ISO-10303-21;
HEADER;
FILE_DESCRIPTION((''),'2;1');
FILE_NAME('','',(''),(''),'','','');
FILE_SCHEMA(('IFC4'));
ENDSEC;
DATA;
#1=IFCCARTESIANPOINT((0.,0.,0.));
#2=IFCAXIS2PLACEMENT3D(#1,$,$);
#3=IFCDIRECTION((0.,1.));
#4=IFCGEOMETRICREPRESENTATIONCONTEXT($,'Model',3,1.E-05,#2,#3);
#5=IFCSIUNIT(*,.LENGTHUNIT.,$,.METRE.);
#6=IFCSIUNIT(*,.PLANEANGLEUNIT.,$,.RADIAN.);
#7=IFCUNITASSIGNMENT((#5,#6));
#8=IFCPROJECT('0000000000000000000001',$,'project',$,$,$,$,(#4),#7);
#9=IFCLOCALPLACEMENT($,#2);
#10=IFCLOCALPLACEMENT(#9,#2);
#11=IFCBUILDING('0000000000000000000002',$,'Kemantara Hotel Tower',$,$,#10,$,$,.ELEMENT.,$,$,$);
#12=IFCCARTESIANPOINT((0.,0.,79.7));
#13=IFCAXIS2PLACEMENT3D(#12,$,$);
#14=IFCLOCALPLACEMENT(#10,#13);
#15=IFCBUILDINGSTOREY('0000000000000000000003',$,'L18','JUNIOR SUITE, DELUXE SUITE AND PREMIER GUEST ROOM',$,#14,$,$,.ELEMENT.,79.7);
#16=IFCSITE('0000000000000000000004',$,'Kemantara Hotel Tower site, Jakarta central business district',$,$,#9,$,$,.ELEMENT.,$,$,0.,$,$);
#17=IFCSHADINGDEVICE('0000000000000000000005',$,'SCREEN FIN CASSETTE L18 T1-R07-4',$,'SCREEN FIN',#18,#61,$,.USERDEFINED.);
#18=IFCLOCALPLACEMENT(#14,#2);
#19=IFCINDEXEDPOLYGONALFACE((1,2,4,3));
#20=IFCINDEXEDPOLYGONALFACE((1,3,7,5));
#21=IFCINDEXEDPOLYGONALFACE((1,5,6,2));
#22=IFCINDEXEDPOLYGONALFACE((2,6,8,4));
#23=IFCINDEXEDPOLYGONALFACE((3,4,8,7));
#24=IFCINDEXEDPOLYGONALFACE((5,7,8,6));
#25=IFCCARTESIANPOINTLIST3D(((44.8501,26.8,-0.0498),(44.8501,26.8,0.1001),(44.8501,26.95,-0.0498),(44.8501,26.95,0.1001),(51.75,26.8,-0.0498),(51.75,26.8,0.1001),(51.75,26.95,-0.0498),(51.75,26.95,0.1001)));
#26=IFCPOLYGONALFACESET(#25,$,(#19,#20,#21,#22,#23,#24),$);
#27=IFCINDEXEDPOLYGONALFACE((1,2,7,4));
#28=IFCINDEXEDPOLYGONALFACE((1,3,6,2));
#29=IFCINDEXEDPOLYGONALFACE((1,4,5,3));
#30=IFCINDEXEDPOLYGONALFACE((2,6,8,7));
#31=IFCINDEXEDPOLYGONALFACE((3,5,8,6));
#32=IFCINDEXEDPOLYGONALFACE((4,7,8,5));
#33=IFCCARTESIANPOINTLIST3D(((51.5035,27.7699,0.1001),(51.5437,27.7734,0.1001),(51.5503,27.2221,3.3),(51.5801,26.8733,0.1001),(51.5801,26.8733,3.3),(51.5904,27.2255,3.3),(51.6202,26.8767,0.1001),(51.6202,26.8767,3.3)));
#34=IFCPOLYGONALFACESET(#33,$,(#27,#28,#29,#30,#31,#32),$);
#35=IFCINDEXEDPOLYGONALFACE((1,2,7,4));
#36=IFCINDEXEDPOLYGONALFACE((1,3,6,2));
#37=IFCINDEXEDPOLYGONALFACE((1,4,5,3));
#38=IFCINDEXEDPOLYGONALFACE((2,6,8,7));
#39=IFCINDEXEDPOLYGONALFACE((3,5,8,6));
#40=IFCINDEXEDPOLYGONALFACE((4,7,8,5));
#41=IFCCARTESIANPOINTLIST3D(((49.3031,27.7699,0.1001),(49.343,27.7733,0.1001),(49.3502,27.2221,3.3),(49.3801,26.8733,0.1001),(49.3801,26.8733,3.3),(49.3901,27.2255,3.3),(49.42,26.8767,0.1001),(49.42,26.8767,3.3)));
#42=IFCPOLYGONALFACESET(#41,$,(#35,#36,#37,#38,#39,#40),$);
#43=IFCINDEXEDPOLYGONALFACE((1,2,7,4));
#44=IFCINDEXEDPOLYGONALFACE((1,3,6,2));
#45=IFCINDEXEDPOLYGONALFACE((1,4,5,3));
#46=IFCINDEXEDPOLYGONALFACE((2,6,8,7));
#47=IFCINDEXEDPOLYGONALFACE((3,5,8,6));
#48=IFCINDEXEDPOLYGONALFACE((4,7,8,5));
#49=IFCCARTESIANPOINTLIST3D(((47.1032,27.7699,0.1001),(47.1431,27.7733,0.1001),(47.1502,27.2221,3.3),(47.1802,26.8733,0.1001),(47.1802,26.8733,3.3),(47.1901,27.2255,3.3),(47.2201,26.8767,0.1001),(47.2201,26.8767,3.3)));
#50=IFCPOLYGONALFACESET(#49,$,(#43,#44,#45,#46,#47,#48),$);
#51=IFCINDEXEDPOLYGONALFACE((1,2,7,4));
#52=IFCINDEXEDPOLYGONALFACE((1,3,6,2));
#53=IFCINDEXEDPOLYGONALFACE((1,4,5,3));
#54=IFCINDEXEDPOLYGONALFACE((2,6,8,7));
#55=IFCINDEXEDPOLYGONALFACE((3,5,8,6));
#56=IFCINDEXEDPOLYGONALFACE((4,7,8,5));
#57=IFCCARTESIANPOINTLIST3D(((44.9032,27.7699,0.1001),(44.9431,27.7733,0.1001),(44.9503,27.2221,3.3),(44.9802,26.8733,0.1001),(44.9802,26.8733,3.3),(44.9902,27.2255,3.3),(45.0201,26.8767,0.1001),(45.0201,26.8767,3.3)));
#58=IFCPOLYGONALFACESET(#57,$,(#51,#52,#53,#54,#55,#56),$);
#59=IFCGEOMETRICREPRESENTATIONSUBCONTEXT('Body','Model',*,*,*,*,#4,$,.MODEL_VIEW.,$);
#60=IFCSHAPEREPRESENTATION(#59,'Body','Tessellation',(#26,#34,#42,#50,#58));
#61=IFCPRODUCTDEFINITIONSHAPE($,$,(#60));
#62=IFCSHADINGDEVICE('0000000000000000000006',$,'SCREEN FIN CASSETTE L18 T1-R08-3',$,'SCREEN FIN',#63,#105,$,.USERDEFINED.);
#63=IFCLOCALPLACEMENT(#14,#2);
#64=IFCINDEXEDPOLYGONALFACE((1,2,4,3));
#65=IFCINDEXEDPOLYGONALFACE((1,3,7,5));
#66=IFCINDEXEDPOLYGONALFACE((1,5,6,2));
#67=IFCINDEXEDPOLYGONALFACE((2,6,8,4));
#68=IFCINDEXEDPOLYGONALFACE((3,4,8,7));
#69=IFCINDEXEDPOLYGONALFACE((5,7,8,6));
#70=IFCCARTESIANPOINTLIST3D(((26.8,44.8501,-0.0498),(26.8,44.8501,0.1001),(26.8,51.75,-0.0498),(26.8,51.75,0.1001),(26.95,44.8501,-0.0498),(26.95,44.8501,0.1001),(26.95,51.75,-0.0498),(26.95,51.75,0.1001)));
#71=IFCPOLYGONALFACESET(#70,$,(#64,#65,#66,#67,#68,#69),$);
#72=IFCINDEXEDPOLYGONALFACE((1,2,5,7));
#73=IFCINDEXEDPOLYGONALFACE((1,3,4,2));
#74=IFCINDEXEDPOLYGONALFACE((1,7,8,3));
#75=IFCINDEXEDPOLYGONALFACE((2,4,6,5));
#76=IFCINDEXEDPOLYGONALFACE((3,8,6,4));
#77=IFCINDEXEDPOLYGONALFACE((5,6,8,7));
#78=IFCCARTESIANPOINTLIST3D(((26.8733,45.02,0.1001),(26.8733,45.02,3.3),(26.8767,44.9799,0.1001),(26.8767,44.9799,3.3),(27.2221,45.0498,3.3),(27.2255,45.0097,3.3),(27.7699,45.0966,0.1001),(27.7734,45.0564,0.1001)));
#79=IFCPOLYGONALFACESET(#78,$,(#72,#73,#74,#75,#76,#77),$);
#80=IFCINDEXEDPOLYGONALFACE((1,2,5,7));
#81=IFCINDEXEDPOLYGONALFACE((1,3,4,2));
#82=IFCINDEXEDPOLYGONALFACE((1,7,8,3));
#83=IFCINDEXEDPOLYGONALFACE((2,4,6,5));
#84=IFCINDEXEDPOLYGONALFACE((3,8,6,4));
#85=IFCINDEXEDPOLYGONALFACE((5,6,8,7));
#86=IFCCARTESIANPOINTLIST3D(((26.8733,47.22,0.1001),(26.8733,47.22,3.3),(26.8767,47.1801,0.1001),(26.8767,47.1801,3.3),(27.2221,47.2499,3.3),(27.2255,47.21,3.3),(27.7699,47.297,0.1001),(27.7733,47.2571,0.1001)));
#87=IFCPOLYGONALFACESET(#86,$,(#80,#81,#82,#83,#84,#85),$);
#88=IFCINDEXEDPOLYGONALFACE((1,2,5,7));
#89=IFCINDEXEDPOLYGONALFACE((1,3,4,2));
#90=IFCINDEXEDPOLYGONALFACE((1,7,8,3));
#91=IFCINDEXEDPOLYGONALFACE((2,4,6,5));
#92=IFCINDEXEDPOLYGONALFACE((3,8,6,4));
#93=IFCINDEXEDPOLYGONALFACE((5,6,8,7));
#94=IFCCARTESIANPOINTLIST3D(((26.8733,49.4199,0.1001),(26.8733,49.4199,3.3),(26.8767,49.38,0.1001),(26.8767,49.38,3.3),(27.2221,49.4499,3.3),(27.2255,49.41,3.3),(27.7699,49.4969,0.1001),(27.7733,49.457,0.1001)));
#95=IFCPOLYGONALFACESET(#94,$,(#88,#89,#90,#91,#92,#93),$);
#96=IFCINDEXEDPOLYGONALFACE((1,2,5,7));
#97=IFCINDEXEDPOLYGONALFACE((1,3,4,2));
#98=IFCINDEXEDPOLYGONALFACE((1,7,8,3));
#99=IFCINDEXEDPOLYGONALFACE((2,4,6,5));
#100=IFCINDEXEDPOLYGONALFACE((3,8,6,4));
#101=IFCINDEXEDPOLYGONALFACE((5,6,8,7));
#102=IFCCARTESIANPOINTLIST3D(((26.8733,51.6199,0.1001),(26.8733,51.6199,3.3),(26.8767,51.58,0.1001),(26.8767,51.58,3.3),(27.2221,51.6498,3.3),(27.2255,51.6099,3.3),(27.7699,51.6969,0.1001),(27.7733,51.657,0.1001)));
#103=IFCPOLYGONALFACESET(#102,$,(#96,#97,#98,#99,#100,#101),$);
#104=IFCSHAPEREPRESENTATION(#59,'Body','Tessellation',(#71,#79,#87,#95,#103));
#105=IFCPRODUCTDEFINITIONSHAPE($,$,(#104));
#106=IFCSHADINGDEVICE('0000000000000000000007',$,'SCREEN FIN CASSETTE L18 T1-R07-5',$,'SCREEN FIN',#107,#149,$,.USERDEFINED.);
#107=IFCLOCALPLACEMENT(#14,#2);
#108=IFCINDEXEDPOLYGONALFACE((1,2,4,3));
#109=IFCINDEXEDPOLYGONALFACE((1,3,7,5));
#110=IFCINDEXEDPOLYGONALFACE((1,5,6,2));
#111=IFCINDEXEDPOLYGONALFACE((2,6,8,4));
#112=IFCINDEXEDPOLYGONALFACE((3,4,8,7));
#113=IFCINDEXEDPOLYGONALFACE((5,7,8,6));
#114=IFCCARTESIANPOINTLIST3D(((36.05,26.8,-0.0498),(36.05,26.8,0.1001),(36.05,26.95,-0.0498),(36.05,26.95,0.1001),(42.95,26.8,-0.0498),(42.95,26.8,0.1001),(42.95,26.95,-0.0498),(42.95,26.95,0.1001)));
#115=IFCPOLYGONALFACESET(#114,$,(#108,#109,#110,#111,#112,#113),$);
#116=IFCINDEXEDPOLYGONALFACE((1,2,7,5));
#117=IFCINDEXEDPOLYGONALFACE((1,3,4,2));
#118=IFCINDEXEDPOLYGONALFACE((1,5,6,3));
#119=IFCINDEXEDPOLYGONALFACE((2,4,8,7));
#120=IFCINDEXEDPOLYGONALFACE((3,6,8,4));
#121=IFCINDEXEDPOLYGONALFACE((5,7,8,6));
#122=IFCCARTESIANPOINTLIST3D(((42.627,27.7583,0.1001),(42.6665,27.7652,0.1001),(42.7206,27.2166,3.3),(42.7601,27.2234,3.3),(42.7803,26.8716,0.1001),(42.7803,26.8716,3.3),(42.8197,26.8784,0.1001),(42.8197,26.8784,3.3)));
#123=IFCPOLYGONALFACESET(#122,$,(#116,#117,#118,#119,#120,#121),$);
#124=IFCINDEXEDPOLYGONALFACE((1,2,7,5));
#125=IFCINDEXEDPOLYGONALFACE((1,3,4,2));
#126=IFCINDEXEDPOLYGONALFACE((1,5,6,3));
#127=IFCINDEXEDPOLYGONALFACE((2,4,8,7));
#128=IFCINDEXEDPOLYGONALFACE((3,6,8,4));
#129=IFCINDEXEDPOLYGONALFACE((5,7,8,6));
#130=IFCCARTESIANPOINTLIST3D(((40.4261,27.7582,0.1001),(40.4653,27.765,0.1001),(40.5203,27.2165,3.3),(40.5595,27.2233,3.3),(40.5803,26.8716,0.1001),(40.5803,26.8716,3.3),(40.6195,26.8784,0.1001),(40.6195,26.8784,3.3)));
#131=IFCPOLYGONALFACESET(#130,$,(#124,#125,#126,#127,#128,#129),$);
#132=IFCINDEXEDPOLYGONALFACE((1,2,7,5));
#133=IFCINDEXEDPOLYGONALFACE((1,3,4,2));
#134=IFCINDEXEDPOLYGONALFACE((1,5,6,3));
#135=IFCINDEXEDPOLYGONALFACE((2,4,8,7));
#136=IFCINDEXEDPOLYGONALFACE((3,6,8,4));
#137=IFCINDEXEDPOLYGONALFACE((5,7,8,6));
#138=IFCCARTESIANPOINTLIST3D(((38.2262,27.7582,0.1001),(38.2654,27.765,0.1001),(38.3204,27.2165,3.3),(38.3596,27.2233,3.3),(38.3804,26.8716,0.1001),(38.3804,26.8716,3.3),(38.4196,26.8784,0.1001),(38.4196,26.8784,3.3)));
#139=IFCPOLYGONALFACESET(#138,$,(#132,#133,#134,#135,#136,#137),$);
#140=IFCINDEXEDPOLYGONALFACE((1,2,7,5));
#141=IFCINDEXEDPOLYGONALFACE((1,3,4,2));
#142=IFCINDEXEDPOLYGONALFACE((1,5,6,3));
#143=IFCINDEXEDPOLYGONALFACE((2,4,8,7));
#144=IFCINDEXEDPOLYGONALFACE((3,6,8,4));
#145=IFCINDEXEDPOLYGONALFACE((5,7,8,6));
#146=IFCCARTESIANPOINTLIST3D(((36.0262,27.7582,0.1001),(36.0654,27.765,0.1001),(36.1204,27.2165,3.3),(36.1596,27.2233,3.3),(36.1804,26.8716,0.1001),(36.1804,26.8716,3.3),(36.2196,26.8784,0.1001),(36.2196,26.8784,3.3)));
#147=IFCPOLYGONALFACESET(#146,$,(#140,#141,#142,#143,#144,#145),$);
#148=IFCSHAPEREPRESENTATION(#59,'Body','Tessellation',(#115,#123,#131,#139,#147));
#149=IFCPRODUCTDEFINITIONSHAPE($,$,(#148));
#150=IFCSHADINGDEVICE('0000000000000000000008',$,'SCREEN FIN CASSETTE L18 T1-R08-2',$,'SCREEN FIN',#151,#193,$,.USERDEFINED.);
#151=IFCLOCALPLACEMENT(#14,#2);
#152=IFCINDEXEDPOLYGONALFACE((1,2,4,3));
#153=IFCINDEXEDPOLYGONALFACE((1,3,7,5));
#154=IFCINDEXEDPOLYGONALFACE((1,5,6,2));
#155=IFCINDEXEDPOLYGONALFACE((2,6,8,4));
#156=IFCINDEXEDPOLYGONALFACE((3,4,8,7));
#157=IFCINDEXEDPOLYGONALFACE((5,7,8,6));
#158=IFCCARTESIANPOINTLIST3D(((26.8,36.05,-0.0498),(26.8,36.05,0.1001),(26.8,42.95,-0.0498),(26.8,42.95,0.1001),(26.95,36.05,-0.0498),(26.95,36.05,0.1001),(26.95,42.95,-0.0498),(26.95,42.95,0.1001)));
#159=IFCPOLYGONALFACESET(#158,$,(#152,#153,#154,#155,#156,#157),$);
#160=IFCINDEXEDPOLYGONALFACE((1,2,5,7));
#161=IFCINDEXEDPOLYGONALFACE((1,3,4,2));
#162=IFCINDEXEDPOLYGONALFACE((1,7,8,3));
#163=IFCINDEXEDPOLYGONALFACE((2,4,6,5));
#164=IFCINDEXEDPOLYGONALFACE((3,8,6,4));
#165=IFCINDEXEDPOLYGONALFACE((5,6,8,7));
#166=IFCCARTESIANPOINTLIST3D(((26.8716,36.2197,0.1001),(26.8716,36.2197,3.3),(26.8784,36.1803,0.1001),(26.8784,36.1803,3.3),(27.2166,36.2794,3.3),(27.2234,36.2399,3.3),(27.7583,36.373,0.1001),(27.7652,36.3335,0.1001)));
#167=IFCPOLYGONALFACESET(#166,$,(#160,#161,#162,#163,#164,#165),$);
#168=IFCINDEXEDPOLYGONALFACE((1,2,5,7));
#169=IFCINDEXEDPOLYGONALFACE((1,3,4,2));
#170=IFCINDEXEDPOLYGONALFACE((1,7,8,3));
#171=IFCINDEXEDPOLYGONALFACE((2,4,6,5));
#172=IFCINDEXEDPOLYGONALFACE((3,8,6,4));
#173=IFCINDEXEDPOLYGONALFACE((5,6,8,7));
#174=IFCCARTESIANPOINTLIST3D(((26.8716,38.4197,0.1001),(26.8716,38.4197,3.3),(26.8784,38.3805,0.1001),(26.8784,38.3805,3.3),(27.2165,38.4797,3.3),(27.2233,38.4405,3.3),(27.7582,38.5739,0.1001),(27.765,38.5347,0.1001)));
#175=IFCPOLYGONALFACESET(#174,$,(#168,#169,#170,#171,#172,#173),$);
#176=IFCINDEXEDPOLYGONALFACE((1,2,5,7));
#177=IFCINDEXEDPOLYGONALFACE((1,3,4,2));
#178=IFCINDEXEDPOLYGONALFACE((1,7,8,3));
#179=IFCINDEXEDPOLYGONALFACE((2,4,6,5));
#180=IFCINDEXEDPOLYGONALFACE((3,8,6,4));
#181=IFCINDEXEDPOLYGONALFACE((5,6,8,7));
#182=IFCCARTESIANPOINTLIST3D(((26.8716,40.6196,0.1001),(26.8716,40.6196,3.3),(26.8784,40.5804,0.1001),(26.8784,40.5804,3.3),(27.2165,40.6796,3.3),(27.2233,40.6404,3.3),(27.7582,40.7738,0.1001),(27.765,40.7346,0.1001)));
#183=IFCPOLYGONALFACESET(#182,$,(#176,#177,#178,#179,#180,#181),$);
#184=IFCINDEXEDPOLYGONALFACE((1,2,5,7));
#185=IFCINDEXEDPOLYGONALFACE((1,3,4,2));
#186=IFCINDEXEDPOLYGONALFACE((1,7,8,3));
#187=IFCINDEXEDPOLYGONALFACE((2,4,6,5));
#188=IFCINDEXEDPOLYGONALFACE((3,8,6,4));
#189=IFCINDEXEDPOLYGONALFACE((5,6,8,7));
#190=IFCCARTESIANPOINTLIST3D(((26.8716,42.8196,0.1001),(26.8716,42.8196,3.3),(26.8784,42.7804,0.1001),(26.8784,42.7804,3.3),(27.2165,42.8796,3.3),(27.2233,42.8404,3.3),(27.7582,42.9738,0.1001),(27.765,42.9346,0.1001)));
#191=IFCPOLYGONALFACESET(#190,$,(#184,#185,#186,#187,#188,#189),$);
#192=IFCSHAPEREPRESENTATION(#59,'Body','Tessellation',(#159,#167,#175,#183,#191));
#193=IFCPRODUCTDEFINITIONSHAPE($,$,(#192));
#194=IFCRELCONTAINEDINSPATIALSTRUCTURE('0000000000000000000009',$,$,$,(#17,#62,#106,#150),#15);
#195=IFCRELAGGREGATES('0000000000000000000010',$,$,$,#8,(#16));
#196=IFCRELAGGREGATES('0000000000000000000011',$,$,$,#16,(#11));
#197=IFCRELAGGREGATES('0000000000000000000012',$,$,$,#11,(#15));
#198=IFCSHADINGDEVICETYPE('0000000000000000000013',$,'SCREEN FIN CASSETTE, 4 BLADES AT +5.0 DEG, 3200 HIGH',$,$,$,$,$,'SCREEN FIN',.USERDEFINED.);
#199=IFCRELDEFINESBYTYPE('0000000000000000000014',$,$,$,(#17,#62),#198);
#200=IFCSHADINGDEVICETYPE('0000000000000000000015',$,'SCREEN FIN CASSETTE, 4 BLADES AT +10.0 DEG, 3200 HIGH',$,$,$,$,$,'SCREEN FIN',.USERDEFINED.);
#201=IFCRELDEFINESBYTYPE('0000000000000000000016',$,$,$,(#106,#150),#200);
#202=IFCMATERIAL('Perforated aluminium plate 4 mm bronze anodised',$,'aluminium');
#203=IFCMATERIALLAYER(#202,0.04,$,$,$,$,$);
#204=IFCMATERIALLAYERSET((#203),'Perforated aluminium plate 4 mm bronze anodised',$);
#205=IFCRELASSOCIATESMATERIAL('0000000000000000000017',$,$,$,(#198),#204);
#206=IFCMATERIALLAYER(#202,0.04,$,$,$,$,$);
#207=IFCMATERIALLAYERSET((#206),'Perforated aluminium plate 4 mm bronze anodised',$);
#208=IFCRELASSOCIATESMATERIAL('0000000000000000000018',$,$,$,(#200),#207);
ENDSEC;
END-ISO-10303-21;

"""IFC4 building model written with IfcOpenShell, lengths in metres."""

from ifc_helpers import new_model, si_unit, direction, frame, origin, origin_2d, place, context, subcontext, project, spatial, polyline, rectangle, outline, extrude, source, transform, mapped, material, layer, layer_set, type_object, element, save


model = new_model("IFC4")

# Units and contexts
model_context = context("Model", 3, precision=1e-05, world=origin(), true_north=direction((0.0, 1.0)))
body_context = subcontext(model_context, "Body", "Model", "MODEL_VIEW")
ifc_project = project(units=[si_unit("LENGTHUNIT", "METRE"), si_unit("PLANEANGLEUNIT", "RADIAN")], contexts=[model_context])

# Site, building, storey
site_placement = place(None, origin())
site = spatial("IfcSite", under=ifc_project, at=site_placement, Name="Kemantara Hotel Tower site, Jakarta central business district", CompositionType="ELEMENT", RefElevation=0.0)
building_placement = place(site_placement, origin())
building = spatial("IfcBuilding", under=site, at=building_placement, Name="Kemantara Hotel Tower", CompositionType="ELEMENT")
storey_placement = place(building_placement, frame((0.0, 0.0, 79.7)))
storey = spatial("IfcBuildingStorey", under=building, at=storey_placement, Name="L18", Description="JUNIOR SUITE, DELUXE SUITE AND PREMIER GUEST ROOM", CompositionType="ELEMENT", Elevation=79.7)

# Shading devices
ifc_material_1 = material(Name="Perforated aluminium plate 4 mm bronze anodised", Category="aluminium")
ifc_layer_1 = layer(ifc_material_1, 0.04)
ifc_layer_set_1 = layer_set([ifc_layer_1], Name="Perforated aluminium plate 4 mm bronze anodised")
shading_device_type_1 = type_object("IfcShadingDeviceType", Name="SCREEN FIN CASSETTE, 4 BLADES AT +5.0 DEG, 3200 HIGH", ElementType="SCREEN FIN", PredefinedType="USERDEFINED", material=ifc_layer_set_1)
shared_shape_1 = source(origin(), body_context, "Body", "SweptSolid", [
    extrude(rectangle(XDim=6.8999, YDim=0.1499, at=origin_2d()), frame((3.3, -0.075, -0.1499), z_axis=(0.0, 0.0, 1.0), x_axis=(1.0, 0.0, 0.0)), (0.0, 0.0, 1.0), 0.1499),
    extrude(outline(polyline([(0.0, 0.0), (0.8999, 0.0), (0.3501, 3.2), (0.0, 3.2), (0.0, 0.0)])), frame((0.02, -0.0732, 0.0), z_axis=(-0.996376, -0.085056, 0.0), x_axis=(0.085056, -0.996376, 0.0)), (0.0, 0.0, 1.0), 0.0403),
    extrude(outline(polyline([(0.0, 0.0), (0.8999, 0.0), (0.3501, 3.2), (0.0, 3.2), (0.0, 0.0)])), frame((2.22, -0.0732, 0.0), z_axis=(-0.996332, -0.085575, 0.0), x_axis=(0.085575, -0.996332, 0.0)), (0.0, 0.0, 1.0), 0.04),
    extrude(outline(polyline([(0.0, 0.0), (0.8999, 0.0), (0.3501, 3.2), (0.0, 3.2), (0.0, 0.0)])), frame((4.4199, -0.0732, 0.0), z_axis=(-0.996332, -0.085575, 0.0), x_axis=(0.085575, -0.996332, 0.0)), (0.0, 0.0, 1.0), 0.04),
    extrude(outline(polyline([(0.0, 0.0), (0.8999, 0.0), (0.3501, 3.2), (0.0, 3.2), (0.0, 0.0)])), frame((6.6199, -0.0732, 0.0), z_axis=(-0.996332, -0.085575, 0.0), x_axis=(0.085575, -0.996332, 0.0)), (0.0, 0.0, 1.0), 0.04),
])
for number, where, z_axis, x_axis, name in (
    (1, (51.6001, 26.8, 0.1001), (0.0, 0.0, 1.0), (-1.0, 0.0, 0.0), "SCREEN FIN CASSETTE L18 T1-R07-4"),
    (2, (26.8, 45.0, 0.1001), (0.0, 0.0, 1.0), (0.0, 1.0, 0.0), "SCREEN FIN CASSETTE L18 T1-R08-3"),
):
    element("IfcShadingDevice", number, at=place(storey_placement, frame(where, z_axis=z_axis, x_axis=x_axis)), inside=storey, type_object=shading_device_type_1, Name=name, ObjectType="SCREEN FIN", PredefinedType="USERDEFINED", context=body_context, shape_type="MappedRepresentation", body=[
        mapped(shared_shape_1, transform((0.0, 0.0, 0.0))),
    ])
ifc_layer_2 = layer(ifc_material_1, 0.04)
ifc_layer_set_2 = layer_set([ifc_layer_2], Name="Perforated aluminium plate 4 mm bronze anodised")
shading_device_type_2 = type_object("IfcShadingDeviceType", Name="SCREEN FIN CASSETTE, 4 BLADES AT +10.0 DEG, 3200 HIGH", ElementType="SCREEN FIN", PredefinedType="USERDEFINED", material=ifc_layer_set_2)
shared_shape_2 = source(origin(), body_context, "Body", "SweptSolid", [
    extrude(rectangle(XDim=6.8999, YDim=0.1499, at=origin_2d()), frame((3.3, -0.075, -0.1499), z_axis=(0.0, 0.0, 1.0), x_axis=(1.0, 0.0, 0.0)), (0.0, 0.0, 1.0), 0.1499),
    extrude(outline(polyline([(0.0, 0.0), (0.8999, 0.0), (0.3501, 3.2), (0.0, 3.2), (0.0, 0.0)])), frame((0.0198, -0.0715, 0.0), z_axis=(-0.98539, -0.170314, 0.0), x_axis=(0.170314, -0.98539, 0.0)), (0.0, 0.0, 1.0), 0.04),
    extrude(outline(polyline([(0.0, 0.0), (0.8999, 0.0), (0.3501, 3.2), (0.0, 3.2), (0.0, 0.0)])), frame((2.2197, -0.0715, 0.0), z_axis=(-0.985212, -0.171341, 0.0), x_axis=(0.171341, -0.985212, 0.0)), (0.0, 0.0, 1.0), 0.0398),
    extrude(outline(polyline([(0.0, 0.0), (0.8999, 0.0), (0.3501, 3.2), (0.0, 3.2), (0.0, 0.0)])), frame((4.4197, -0.0715, 0.0), z_axis=(-0.985212, -0.171341, 0.0), x_axis=(0.171341, -0.985212, 0.0)), (0.0, 0.0, 1.0), 0.0398),
    extrude(outline(polyline([(0.0, 0.0), (0.8999, 0.0), (0.3501, 3.2), (0.0, 3.2), (0.0, 0.0)])), frame((6.6196, -0.0715, 0.0), z_axis=(-0.985212, -0.171341, 0.0), x_axis=(0.171341, -0.985212, 0.0)), (0.0, 0.0, 1.0), 0.0398),
])
for number, where, z_axis, x_axis, name in (
    (3, (42.8, 26.8, 0.1001), (0.0, 0.0, 1.0), (-1.0, 0.0, 0.0), "SCREEN FIN CASSETTE L18 T1-R07-5"),
    (4, (26.8, 36.2, 0.1001), (0.0, 0.0, 1.0), (0.0, 1.0, 0.0), "SCREEN FIN CASSETTE L18 T1-R08-2"),
):
    element("IfcShadingDevice", number, at=place(storey_placement, frame(where, z_axis=z_axis, x_axis=x_axis)), inside=storey, type_object=shading_device_type_2, Name=name, ObjectType="SCREEN FIN", PredefinedType="USERDEFINED", context=body_context, shape_type="MappedRepresentation", body=[
        mapped(shared_shape_2, transform((0.0, 0.0, 0.0))),
    ])

save(model, "model.ifc")
